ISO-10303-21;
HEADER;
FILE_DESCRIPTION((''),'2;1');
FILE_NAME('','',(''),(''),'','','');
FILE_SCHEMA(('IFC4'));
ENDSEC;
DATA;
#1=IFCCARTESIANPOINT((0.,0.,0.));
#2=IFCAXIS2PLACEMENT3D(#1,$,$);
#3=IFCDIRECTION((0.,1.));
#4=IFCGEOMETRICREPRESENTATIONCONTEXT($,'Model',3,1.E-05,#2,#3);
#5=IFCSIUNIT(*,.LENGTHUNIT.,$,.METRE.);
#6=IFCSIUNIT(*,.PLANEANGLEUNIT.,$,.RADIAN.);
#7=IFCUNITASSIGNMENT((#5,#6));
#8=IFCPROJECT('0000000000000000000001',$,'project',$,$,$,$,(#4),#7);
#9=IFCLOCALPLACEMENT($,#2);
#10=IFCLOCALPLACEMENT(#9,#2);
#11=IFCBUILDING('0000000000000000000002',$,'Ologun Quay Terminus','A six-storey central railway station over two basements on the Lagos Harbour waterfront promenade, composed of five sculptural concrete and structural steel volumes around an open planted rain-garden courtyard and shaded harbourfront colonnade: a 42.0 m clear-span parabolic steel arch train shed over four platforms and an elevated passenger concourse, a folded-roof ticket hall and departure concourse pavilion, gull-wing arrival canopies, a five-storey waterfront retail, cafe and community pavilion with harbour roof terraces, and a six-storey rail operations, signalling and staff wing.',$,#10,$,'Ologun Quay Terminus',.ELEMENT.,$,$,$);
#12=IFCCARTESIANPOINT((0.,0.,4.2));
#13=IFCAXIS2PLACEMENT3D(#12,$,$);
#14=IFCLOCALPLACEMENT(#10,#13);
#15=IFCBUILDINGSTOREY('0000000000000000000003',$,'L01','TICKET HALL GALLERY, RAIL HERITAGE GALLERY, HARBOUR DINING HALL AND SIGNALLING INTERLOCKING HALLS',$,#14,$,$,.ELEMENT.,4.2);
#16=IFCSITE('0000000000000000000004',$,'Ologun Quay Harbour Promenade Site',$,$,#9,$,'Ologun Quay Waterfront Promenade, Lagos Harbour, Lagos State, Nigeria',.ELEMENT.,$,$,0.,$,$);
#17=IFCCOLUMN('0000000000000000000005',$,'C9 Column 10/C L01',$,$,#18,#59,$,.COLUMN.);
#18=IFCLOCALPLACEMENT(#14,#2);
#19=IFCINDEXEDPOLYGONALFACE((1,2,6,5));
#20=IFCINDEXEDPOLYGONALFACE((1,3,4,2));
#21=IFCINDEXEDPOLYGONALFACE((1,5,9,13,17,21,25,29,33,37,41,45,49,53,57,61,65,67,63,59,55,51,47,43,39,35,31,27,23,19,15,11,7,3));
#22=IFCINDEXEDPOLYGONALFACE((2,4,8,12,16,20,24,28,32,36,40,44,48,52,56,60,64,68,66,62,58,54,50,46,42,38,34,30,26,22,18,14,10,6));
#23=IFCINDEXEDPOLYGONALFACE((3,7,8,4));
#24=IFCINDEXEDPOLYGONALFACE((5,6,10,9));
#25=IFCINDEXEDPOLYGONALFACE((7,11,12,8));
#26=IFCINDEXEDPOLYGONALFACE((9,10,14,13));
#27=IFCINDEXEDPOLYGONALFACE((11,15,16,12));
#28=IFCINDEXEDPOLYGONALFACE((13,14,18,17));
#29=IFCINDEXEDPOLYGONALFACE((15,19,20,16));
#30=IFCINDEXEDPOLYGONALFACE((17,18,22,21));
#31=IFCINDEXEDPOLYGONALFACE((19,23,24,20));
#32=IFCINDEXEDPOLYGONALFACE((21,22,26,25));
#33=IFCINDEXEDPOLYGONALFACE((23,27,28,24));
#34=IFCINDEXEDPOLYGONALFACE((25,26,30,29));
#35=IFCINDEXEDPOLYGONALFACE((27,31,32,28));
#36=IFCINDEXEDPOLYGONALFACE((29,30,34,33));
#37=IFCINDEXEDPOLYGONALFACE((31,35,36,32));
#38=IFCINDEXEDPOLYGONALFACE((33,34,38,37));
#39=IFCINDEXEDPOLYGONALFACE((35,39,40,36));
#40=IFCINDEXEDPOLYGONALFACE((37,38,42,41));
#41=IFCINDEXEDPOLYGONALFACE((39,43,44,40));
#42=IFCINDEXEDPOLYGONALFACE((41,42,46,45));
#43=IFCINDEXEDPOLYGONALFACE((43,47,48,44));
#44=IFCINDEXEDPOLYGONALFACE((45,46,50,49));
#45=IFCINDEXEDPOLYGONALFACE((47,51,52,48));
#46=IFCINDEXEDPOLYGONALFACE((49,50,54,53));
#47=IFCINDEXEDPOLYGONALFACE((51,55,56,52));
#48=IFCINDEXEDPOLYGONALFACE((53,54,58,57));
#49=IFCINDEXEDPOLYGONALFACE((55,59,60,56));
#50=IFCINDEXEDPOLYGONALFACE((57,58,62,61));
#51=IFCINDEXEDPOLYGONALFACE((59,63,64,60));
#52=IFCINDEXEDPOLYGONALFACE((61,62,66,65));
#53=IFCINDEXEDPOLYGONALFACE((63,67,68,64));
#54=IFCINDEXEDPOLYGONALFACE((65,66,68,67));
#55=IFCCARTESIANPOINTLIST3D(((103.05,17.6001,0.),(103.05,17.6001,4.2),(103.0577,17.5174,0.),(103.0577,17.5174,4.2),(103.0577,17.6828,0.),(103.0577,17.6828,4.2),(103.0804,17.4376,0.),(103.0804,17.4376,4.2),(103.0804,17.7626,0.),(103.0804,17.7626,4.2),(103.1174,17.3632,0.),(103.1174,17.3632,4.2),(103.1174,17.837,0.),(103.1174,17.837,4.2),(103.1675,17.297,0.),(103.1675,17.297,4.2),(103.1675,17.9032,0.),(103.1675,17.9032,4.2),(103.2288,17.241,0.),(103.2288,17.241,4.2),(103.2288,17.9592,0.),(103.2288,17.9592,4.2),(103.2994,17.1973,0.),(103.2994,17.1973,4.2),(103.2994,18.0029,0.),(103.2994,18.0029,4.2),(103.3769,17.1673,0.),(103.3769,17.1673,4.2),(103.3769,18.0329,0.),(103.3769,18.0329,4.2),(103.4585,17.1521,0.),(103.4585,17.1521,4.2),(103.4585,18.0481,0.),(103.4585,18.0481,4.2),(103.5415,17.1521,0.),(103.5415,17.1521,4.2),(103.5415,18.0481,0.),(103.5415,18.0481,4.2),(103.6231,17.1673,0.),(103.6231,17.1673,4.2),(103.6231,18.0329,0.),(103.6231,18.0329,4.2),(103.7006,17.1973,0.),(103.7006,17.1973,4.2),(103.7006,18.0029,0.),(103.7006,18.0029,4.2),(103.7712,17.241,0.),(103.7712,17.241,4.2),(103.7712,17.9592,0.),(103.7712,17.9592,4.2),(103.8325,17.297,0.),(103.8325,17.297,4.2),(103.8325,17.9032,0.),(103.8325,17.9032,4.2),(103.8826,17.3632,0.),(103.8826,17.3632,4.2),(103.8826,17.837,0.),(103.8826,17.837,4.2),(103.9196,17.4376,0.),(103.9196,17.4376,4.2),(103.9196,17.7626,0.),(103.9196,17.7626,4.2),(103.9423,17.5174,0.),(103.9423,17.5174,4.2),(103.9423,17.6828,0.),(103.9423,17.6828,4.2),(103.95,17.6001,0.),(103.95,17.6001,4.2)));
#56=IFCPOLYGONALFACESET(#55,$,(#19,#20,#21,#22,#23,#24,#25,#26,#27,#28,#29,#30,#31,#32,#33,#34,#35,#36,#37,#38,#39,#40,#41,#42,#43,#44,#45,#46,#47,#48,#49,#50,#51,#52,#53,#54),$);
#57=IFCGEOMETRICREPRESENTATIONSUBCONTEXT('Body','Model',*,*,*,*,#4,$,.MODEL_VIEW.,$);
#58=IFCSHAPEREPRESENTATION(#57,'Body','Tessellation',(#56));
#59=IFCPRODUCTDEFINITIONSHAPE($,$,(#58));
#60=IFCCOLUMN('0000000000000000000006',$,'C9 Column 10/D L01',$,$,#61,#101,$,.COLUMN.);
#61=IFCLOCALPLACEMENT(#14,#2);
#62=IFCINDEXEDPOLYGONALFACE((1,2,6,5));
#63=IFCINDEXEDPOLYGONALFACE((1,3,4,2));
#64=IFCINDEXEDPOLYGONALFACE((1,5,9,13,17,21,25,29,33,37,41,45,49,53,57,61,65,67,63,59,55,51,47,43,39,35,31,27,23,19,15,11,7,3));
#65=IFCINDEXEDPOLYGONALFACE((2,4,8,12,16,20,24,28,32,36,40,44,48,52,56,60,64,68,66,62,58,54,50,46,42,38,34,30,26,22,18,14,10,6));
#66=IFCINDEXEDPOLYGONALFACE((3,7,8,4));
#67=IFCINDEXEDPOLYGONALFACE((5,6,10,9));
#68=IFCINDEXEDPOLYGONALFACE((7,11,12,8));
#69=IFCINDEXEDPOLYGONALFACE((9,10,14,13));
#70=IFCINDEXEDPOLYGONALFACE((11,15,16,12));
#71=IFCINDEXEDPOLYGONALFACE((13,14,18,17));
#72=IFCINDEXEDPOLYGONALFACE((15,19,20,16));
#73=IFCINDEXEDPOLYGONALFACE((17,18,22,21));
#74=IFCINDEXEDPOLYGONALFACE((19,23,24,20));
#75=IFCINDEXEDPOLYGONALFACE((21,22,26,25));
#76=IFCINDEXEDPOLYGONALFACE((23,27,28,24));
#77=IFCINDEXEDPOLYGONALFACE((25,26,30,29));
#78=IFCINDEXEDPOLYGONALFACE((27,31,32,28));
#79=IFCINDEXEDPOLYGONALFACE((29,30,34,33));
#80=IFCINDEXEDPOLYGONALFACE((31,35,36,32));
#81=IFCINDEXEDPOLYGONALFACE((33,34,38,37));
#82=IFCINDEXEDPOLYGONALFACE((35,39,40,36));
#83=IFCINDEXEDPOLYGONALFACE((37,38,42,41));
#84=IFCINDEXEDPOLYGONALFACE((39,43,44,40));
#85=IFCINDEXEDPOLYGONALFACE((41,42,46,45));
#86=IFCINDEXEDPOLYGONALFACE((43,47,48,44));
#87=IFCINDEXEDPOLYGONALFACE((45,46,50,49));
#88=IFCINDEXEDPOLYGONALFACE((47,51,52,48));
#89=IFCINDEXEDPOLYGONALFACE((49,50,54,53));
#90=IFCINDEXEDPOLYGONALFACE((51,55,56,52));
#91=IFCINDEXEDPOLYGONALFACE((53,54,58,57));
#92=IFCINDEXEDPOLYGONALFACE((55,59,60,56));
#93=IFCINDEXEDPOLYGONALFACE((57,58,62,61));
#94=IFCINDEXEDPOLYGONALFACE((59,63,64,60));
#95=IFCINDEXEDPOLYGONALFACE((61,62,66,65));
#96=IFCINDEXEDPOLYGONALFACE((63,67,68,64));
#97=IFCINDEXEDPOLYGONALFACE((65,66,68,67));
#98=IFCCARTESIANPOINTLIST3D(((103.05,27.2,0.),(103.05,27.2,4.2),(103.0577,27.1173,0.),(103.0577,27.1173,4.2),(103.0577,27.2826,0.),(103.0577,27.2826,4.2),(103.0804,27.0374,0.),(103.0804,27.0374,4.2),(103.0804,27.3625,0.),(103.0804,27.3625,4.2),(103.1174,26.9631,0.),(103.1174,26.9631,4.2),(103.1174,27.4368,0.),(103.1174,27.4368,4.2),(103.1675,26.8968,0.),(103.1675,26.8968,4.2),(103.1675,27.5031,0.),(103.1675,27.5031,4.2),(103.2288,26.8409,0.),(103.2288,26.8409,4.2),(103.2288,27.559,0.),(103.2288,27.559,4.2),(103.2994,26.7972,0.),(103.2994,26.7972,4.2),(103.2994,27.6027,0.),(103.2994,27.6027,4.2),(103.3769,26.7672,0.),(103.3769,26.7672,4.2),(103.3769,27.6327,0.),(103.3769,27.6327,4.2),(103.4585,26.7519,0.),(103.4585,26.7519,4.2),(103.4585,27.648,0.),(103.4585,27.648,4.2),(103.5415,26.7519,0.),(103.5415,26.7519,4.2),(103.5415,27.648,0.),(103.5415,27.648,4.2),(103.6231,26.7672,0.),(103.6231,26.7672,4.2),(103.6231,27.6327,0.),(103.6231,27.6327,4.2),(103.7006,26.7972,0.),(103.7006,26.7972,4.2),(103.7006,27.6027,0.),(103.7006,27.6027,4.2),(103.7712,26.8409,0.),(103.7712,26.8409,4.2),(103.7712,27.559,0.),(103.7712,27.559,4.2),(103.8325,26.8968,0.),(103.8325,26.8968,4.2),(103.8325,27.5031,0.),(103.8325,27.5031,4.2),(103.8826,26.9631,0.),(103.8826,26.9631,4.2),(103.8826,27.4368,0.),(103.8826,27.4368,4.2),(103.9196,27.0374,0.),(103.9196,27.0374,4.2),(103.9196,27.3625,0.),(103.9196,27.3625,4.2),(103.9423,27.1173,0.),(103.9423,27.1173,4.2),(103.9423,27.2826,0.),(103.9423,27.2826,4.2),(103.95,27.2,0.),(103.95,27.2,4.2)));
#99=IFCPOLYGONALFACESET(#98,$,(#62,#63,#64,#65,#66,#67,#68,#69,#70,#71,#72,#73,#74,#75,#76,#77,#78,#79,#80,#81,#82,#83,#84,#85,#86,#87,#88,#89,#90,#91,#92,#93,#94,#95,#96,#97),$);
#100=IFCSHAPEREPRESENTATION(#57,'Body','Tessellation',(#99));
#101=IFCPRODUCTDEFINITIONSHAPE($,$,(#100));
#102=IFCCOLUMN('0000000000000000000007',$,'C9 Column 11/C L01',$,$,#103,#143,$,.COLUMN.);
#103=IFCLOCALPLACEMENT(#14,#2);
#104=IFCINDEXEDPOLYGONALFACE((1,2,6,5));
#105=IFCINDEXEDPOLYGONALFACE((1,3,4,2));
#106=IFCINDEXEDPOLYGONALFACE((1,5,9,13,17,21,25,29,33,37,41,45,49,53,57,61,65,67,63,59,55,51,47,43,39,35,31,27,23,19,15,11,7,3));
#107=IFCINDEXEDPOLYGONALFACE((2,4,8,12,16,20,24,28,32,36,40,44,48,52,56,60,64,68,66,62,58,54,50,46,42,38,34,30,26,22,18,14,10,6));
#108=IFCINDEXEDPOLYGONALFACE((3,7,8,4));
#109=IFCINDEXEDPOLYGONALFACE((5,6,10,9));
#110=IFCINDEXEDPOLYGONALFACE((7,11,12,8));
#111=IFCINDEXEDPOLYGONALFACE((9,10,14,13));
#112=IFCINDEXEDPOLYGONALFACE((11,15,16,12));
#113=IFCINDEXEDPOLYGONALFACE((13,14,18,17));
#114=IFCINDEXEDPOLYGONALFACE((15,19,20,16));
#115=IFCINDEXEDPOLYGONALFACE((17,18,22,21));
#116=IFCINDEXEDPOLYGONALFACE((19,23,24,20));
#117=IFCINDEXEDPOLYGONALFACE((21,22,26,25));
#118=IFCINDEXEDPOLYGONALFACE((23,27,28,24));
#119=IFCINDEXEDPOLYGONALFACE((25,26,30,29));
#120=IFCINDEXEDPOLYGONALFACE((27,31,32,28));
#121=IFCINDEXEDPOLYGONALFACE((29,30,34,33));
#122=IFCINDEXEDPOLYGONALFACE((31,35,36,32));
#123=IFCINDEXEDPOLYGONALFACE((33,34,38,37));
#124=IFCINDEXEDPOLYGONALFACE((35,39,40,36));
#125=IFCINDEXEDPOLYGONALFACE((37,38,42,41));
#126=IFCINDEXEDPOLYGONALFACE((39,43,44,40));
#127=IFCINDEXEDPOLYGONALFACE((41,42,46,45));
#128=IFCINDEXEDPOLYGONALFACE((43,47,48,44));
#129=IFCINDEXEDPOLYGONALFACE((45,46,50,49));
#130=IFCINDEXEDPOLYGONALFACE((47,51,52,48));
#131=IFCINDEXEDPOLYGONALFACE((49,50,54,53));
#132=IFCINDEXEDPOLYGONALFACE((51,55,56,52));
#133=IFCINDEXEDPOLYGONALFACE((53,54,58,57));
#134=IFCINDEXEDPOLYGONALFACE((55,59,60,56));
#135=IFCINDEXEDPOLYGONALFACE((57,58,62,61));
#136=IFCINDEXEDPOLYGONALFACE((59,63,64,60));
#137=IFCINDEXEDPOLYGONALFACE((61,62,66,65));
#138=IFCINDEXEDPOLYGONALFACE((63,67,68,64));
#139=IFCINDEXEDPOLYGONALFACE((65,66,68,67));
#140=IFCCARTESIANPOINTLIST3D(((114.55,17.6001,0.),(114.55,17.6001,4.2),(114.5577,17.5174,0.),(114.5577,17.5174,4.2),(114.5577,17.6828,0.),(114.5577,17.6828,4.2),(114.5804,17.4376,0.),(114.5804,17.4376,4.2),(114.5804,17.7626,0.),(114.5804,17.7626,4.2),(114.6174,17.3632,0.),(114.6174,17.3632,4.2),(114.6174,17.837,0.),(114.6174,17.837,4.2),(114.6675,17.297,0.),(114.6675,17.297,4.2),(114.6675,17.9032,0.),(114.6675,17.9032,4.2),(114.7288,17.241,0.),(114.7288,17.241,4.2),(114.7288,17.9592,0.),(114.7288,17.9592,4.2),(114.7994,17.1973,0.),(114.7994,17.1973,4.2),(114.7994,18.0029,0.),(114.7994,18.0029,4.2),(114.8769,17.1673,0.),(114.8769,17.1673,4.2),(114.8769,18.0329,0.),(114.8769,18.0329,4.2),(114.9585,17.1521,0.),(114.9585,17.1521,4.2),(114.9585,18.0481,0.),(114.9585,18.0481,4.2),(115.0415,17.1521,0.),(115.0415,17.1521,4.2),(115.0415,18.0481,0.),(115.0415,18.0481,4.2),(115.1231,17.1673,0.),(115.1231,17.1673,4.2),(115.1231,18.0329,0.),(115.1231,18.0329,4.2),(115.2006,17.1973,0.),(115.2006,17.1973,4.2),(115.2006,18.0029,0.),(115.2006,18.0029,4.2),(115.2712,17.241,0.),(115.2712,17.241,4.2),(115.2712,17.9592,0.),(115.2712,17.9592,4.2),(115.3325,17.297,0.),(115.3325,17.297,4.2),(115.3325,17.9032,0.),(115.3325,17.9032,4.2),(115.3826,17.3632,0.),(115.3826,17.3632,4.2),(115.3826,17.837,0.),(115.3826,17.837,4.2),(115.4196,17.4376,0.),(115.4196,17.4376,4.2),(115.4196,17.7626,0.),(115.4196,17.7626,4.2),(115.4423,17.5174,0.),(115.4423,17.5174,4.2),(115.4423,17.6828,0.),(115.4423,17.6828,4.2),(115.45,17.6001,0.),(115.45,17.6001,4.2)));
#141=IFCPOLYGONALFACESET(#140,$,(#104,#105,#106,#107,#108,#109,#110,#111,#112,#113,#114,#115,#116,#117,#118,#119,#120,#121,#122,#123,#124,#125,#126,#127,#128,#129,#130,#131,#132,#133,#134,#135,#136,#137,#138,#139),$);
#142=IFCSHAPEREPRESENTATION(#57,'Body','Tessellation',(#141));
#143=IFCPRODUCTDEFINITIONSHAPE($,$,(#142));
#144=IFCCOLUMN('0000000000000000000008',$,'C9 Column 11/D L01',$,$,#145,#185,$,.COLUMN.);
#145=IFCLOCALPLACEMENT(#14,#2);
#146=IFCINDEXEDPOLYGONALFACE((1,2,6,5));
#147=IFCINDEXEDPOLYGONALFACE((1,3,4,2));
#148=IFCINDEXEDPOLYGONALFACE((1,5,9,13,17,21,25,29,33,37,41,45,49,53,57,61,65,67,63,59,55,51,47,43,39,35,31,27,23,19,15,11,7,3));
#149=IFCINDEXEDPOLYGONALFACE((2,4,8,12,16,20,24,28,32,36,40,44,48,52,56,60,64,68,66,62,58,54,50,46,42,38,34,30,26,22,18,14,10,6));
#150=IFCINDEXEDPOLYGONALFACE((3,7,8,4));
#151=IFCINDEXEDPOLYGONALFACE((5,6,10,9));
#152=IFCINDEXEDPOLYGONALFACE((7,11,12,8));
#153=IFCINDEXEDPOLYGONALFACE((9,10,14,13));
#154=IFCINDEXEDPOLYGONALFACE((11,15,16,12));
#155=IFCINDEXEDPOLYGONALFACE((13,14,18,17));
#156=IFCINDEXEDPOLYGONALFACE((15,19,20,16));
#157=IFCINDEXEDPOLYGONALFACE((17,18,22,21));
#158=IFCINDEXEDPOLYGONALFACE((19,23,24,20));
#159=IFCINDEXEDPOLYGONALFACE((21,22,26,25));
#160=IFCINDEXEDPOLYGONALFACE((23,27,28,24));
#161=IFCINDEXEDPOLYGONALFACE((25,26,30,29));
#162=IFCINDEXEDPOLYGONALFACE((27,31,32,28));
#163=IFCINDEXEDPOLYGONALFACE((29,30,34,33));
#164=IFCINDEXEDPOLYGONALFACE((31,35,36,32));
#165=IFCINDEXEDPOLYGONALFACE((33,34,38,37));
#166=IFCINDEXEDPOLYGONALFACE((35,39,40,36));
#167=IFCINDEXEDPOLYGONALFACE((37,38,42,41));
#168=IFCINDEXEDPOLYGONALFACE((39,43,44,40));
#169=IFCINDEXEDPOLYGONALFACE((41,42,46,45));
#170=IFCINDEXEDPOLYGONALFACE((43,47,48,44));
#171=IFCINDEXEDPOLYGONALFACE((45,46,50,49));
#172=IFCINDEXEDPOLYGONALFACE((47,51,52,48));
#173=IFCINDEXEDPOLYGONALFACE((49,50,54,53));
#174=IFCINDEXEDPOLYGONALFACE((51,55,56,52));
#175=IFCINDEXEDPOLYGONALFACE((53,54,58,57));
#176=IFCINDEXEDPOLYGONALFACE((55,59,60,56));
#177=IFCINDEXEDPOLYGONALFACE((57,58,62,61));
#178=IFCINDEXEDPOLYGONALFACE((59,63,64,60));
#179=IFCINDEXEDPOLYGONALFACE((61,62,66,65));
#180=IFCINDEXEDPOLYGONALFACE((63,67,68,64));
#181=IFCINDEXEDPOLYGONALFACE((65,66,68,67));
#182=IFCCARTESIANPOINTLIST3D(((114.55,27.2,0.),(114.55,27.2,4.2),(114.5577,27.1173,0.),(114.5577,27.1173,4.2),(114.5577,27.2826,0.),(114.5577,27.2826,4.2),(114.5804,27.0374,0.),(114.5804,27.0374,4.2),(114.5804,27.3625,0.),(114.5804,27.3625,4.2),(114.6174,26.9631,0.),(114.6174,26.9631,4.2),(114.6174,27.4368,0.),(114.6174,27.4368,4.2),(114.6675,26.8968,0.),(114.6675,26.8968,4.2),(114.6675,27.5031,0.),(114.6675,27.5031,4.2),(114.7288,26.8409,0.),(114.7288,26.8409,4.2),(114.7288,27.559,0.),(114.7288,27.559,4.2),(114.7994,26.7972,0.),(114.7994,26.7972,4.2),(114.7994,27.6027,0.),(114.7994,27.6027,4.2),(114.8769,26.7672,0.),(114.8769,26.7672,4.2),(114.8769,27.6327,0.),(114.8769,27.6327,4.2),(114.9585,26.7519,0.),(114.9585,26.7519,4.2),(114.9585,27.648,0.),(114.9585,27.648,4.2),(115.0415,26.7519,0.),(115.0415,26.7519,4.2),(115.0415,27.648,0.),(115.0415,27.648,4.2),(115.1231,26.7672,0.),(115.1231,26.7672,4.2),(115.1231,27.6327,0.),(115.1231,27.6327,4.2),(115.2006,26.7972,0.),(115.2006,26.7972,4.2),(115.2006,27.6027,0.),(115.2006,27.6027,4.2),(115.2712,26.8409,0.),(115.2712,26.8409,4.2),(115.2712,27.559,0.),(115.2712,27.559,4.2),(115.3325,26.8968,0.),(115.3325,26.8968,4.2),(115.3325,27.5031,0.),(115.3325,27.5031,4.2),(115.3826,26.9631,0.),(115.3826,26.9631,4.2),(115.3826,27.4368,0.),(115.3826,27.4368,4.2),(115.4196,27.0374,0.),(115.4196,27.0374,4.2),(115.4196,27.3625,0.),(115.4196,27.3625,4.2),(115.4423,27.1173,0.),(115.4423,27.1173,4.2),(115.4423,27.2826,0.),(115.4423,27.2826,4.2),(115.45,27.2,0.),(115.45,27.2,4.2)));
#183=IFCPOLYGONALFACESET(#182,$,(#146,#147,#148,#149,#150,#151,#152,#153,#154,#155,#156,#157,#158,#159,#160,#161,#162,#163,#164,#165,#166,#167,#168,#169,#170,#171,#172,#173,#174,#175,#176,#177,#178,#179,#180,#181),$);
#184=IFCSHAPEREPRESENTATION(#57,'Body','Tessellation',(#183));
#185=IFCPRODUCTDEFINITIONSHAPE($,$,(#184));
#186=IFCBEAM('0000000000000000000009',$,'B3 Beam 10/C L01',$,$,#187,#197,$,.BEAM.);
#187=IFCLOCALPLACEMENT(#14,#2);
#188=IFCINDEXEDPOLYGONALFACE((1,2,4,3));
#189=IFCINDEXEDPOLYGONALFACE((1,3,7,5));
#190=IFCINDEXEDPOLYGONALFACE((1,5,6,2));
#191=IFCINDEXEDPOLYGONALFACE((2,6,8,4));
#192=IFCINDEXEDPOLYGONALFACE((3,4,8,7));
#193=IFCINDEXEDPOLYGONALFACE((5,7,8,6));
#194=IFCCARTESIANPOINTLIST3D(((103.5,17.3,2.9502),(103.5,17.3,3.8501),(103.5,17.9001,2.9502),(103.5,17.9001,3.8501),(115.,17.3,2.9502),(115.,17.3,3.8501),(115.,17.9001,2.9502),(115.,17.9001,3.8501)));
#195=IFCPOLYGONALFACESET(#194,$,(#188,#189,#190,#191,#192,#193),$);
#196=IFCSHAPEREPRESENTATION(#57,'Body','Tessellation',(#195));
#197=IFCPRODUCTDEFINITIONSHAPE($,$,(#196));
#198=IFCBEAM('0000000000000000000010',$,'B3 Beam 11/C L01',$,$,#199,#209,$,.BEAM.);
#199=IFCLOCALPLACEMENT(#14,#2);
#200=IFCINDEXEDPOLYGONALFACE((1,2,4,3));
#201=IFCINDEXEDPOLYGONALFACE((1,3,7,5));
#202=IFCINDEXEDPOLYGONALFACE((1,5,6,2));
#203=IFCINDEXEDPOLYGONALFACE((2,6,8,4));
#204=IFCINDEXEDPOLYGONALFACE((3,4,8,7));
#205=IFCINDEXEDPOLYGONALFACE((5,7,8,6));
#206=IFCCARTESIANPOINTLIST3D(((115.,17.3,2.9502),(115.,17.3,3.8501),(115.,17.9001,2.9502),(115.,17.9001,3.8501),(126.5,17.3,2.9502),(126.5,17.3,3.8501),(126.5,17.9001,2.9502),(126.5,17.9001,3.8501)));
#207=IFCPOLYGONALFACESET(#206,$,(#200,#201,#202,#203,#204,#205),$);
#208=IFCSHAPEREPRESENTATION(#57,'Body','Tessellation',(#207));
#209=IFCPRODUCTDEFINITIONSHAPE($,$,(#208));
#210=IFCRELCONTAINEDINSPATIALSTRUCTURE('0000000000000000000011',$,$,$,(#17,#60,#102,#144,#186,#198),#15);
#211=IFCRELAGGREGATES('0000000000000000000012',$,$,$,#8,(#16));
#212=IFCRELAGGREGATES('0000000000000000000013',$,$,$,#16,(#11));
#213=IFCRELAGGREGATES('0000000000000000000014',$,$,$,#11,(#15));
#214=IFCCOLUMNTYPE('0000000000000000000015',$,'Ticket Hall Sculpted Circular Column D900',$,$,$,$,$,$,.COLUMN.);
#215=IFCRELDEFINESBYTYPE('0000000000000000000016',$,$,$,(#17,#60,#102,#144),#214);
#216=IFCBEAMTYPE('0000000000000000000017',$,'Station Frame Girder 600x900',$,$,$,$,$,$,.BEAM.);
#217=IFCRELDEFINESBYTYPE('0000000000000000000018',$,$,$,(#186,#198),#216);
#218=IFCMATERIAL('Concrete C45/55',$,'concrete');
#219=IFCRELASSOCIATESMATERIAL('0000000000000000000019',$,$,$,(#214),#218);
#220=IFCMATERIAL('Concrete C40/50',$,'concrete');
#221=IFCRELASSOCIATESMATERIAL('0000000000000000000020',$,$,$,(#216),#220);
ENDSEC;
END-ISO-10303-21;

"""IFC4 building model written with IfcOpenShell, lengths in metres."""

from ifc_helpers import new_model, si_unit, direction, frame, origin, origin_2d, place, context, subcontext, project, spatial, rectangle, circle, extrude, material, material_profile, profile_set, type_object, element, save


model = new_model("IFC4")

# Units and contexts
model_context = context("Model", 3, precision=1e-05, world=origin(), true_north=direction((0.0, 1.0)))
body_context = subcontext(model_context, "Body", "Model", "MODEL_VIEW")
ifc_project = project(units=[si_unit("LENGTHUNIT", "METRE"), si_unit("PLANEANGLEUNIT", "RADIAN")], contexts=[model_context])

# Site, building, storey
site_placement = place(None, origin())
site = spatial("IfcSite", under=ifc_project, at=site_placement, Name="Ologun Quay Harbour Promenade Site", LongName="Ologun Quay Waterfront Promenade, Lagos Harbour, Lagos State, Nigeria", CompositionType="ELEMENT", RefElevation=0.0)
building_placement = place(site_placement, origin())
building = spatial("IfcBuilding", under=site, at=building_placement, Name="Ologun Quay Terminus", Description="A six-storey central railway station over two basements on the Lagos Harbour waterfront promenade, composed of five sculptural concrete and structural steel volumes around an open planted rain-garden courtyard and shaded harbourfront colonnade: a 42.0 m clear-span parabolic steel arch train shed over four platforms and an elevated passenger concourse, a folded-roof ticket hall and departure concourse pavilion, gull-wing arrival canopies, a five-storey waterfront retail, cafe and community pavilion with harbour roof terraces, and a six-storey rail operations, signalling and staff wing.", LongName="Ologun Quay Terminus", CompositionType="ELEMENT")
storey_placement = place(building_placement, frame((0.0, 0.0, 4.2)))
storey = spatial("IfcBuildingStorey", under=building, at=storey_placement, Name="L01", Description="TICKET HALL GALLERY, RAIL HERITAGE GALLERY, HARBOUR DINING HALL AND SIGNALLING INTERLOCKING HALLS", CompositionType="ELEMENT", Elevation=4.2)

# Columns
ifc_material_1 = material(Name="Concrete C45/55", Category="concrete")
ifc_material_profile_1 = material_profile(ifc_material_1, circle(Radius=0.45, at=origin_2d()), Name="RC D900")
ifc_profile_set_1 = profile_set([ifc_material_profile_1], Name="Concrete C45/55")
column_type = type_object("IfcColumnType", Name="Ticket Hall Sculpted Circular Column D900", PredefinedType="COLUMN", material=ifc_profile_set_1)
for number, where, z_axis, x_axis, name in (
    (1, (103.5, 17.6001, 0.0), (0.0, 0.0, 1.0), (1.0, 0.0, 0.0), "C9 Column 10/C L01"),
    (2, (103.5, 27.2, 0.0), (0.0, 0.0, 1.0), (1.0, 0.0, 0.0), "C9 Column 10/D L01"),
    (3, (115.0, 17.6001, 0.0), (0.0, 0.0, 1.0), (1.0, 0.0, 0.0), "C9 Column 11/C L01"),
    (4, (115.0, 27.2, 0.0), (0.0, 0.0, 1.0), (1.0, 0.0, 0.0), "C9 Column 11/D L01"),
):
    element("IfcColumn", number, at=place(storey_placement, frame(where, z_axis=z_axis, x_axis=x_axis)), inside=storey, type_object=column_type, Name=name, PredefinedType="COLUMN", context=body_context, shape_type="SweptSolid", body=[
        extrude(circle(Radius=0.45, at=origin_2d()), origin(), (0.0, 0.0, 1.0), 4.2),
    ])

# Beams
ifc_material_2 = material(Name="Concrete C40/50", Category="concrete")
ifc_material_profile_2 = material_profile(ifc_material_2, rectangle(XDim=0.6001, YDim=0.8999, at=origin_2d()), Name="RC 600x900")
ifc_profile_set_2 = profile_set([ifc_material_profile_2], Name="Concrete C40/50")
beam_type_1 = type_object("IfcBeamType", Name="Station Frame Girder 600x900", PredefinedType="BEAM", material=ifc_profile_set_2)
for number, where, z_axis, x_axis, name in (
    (5, (103.5, 17.6001, 3.4001), (1.0, 0.0, 0.0), (0.0, 1.0, 0.0), "B3 Beam 10/C L01"),
    (6, (115.0, 17.6001, 3.4001), (1.0, 0.0, 0.0), (0.0, 1.0, 0.0), "B3 Beam 11/C L01"),
):
    element("IfcBeam", number, at=place(storey_placement, frame(where, z_axis=z_axis, x_axis=x_axis)), inside=storey, type_object=beam_type_1, Name=name, PredefinedType="BEAM", context=body_context, shape_type="SweptSolid", body=[
        extrude(rectangle(XDim=0.6001, YDim=0.8999, at=origin_2d()), origin(), (0.0, 0.0, 1.0), 11.5),
    ])

save(model, "model.ifc")
